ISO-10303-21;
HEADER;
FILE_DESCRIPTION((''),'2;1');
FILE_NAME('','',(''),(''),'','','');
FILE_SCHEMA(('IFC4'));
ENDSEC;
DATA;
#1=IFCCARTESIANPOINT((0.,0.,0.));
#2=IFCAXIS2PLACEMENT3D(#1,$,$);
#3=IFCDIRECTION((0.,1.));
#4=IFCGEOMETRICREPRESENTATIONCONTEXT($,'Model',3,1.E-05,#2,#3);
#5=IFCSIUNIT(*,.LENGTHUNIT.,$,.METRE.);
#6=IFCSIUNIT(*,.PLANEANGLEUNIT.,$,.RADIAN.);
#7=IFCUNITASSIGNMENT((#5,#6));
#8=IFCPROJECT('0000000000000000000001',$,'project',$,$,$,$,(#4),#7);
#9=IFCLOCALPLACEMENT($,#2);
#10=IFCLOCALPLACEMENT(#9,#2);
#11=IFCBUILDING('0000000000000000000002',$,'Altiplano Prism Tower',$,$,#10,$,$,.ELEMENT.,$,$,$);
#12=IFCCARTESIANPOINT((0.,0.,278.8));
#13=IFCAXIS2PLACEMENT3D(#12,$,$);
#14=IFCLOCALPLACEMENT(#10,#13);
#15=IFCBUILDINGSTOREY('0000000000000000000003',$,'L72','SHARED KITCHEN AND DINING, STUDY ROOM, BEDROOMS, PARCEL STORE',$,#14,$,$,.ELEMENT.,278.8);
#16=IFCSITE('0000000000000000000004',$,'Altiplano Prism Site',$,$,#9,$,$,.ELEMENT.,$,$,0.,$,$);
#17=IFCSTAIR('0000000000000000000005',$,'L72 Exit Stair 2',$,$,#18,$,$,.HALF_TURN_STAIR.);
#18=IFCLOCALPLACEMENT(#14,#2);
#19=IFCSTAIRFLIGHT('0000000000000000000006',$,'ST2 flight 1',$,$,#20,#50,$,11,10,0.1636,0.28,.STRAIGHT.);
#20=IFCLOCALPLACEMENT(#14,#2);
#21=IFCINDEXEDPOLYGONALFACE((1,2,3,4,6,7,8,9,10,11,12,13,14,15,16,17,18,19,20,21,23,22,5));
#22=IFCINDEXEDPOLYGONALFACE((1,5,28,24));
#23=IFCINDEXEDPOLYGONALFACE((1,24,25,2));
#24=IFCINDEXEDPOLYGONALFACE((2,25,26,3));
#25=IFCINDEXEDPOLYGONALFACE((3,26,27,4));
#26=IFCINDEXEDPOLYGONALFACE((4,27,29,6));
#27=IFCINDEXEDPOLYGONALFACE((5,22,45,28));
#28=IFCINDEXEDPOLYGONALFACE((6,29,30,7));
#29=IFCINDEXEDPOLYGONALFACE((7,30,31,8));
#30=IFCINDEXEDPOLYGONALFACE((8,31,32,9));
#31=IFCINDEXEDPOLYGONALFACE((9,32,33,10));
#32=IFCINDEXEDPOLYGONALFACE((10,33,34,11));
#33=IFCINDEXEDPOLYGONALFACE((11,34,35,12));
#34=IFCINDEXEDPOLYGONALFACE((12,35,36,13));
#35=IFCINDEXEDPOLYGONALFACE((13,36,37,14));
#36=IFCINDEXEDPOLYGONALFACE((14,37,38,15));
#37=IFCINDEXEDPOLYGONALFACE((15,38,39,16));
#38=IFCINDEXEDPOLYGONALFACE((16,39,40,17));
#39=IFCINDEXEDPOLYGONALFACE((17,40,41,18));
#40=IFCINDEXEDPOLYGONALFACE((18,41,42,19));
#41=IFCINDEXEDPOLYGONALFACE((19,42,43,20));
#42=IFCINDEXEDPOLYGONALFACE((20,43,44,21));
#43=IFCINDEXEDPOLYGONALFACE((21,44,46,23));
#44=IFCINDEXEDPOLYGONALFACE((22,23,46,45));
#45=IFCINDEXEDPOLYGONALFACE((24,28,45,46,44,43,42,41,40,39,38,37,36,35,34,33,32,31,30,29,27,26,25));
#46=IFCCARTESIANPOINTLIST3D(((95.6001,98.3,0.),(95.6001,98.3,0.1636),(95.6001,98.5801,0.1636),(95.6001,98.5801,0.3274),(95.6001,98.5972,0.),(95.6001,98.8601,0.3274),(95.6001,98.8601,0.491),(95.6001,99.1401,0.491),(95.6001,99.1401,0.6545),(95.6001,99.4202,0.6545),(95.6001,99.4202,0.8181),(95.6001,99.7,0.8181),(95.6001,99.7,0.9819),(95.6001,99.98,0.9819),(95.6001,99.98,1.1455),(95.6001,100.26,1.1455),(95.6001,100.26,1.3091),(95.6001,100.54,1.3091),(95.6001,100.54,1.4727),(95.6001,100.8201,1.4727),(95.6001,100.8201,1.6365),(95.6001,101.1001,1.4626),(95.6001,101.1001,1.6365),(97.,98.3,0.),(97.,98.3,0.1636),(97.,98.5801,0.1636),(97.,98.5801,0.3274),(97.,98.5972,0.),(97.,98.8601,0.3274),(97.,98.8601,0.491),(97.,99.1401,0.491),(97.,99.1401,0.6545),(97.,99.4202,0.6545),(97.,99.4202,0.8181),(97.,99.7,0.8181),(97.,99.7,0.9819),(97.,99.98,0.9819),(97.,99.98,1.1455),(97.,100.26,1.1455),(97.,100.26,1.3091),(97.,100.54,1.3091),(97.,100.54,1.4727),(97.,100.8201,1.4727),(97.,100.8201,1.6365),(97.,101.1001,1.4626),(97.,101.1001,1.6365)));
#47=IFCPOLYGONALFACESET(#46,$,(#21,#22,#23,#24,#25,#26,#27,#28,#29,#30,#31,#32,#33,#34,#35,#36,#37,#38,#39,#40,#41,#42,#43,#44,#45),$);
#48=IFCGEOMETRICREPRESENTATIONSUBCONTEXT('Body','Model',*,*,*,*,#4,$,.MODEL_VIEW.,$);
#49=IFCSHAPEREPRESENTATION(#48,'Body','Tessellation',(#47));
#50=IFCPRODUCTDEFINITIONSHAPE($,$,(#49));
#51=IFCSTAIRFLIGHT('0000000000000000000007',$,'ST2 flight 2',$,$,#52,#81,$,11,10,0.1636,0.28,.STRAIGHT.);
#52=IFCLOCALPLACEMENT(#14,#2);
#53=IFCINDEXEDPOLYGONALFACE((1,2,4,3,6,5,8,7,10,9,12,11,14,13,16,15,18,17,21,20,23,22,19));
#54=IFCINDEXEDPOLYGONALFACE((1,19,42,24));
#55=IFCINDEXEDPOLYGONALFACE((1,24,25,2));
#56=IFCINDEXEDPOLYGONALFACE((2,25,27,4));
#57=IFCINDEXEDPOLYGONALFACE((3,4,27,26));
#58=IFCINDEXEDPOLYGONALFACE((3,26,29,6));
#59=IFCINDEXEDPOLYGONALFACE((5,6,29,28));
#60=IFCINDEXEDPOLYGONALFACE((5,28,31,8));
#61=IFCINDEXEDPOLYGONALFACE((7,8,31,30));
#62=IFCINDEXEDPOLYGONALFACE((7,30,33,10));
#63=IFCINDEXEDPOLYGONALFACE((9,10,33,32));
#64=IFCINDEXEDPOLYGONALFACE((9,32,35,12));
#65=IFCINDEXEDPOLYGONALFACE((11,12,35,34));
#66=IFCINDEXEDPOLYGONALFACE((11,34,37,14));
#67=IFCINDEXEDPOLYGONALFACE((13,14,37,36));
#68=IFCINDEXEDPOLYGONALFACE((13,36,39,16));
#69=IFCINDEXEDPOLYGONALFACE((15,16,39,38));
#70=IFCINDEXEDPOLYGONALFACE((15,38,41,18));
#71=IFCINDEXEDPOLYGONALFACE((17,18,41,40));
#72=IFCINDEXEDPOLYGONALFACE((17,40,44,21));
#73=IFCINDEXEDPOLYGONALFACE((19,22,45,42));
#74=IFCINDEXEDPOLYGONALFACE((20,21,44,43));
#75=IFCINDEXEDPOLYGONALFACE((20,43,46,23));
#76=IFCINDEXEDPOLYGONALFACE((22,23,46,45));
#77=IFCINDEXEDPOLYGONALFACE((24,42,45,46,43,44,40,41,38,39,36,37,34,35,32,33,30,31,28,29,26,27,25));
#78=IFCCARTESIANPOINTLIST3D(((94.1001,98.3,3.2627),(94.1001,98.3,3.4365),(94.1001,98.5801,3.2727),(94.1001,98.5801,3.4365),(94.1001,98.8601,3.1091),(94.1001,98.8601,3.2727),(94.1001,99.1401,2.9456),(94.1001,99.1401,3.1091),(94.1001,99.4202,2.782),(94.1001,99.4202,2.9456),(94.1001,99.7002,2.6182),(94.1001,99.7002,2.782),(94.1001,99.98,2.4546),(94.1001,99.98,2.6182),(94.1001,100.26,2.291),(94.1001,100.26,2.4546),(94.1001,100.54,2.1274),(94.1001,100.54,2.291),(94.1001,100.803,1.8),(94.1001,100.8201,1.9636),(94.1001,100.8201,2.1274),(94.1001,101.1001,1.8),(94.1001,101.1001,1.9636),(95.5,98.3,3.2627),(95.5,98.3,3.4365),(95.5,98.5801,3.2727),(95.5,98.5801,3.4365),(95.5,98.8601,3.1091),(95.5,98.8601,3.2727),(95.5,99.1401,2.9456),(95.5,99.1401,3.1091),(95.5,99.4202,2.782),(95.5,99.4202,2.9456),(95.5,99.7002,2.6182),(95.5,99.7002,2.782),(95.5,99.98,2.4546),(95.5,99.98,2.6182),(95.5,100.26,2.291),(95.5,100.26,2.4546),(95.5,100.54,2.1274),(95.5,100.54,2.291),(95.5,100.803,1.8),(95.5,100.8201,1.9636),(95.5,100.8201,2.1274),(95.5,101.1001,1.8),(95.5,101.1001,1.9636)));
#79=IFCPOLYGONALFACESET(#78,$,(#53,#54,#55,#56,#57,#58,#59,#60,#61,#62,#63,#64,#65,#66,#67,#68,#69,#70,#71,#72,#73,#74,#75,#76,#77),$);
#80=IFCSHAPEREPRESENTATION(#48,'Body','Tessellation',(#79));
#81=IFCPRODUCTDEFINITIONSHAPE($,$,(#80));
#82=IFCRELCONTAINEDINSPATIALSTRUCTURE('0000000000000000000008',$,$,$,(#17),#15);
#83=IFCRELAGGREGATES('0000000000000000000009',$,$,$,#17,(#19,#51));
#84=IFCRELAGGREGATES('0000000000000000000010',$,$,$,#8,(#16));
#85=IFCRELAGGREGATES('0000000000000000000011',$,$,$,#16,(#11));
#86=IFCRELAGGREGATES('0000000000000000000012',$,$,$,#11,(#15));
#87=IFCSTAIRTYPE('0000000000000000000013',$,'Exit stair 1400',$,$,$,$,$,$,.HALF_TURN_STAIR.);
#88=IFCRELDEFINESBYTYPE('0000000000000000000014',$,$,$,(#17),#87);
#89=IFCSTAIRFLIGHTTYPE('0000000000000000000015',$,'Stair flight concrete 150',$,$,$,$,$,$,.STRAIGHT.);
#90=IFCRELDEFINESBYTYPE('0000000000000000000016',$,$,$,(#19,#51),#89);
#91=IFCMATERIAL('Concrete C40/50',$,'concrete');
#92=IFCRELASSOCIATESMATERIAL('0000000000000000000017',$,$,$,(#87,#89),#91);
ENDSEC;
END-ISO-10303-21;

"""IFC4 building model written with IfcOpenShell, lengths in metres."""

from ifc_helpers import new_model, si_unit, direction, frame, origin, place, context, subcontext, project, spatial, polyline, outline, extrude, material, type_object, element, aggregate, save


model = new_model("IFC4")

# Units and contexts
model_context = context("Model", 3, precision=1e-05, world=origin(), true_north=direction((0.0, 1.0)))
body_context = subcontext(model_context, "Body", "Model", "MODEL_VIEW")
ifc_project = project(units=[si_unit("LENGTHUNIT", "METRE"), si_unit("PLANEANGLEUNIT", "RADIAN")], contexts=[model_context])

# Site, building, storey
site_placement = place(None, origin())
site = spatial("IfcSite", under=ifc_project, at=site_placement, Name="Altiplano Prism Site", CompositionType="ELEMENT", RefElevation=0.0)
building_placement = place(site_placement, origin())
building = spatial("IfcBuilding", under=site, at=building_placement, Name="Altiplano Prism Tower", CompositionType="ELEMENT")
storey_placement = place(building_placement, frame((0.0, 0.0, 278.8)))
storey = spatial("IfcBuildingStorey", under=building, at=storey_placement, Name="L72", Description="SHARED KITCHEN AND DINING, STUDY ROOM, BEDROOMS, PARCEL STORE", CompositionType="ELEMENT", Elevation=278.8)

# Stair, stair flights
ifc_material_1 = material(Name="Concrete C40/50", Category="concrete")
stair_type = type_object("IfcStairType", Name="Exit stair 1400", PredefinedType="HALF_TURN_STAIR", material=ifc_material_1)
stair_placement = place(storey_placement, origin())
stair = element("IfcStair", 1, at=stair_placement, inside=storey, type_object=stair_type, Name="L72 Exit Stair 2", PredefinedType="HALF_TURN_STAIR")
stair_flight_type = type_object("IfcStairFlightType", Name="Stair flight concrete 150", PredefinedType="STRAIGHT", material=ifc_material_1)
stair_flight_1_placement = place(storey_placement, frame((96.3, 98.3, 0.0), z_axis=(0.0, 0.0, 1.0), x_axis=(0.0, 1.0, 0.0)))
stair_flight_1 = element("IfcStairFlight", 2, at=stair_flight_1_placement, type_object=stair_flight_type, Name="ST2 flight 1", NumberOfRisers=11, NumberOfTreads=10, PredefinedType="STRAIGHT", RiserHeight=0.1636, TreadLength=0.28, context=body_context, shape_type="SweptSolid", body=[
    extrude(outline(polyline([(0.0, 0.0), (0.0, 0.1636), (0.28, 0.1636), (0.28, 0.3274), (0.5601, 0.3274), (0.5601, 0.491), (0.8401, 0.491), (0.8401, 0.6545), (1.1201, 0.6545), (1.1201, 0.8181), (1.3999, 0.8181), (1.3999, 0.9819), (1.6799, 0.9819), (1.6799, 1.1455), (1.96, 1.1455), (1.96, 1.3091), (2.24, 1.3091), (2.24, 1.4727), (2.52, 1.4727), (2.52, 1.6365), (2.8, 1.6365), (2.8, 1.8), (2.8, 1.4626), (0.2971, 0.0), (0.0, 0.0)])), frame((0.0, 0.7, 0.0), z_axis=(0.0, -1.0, 0.0), x_axis=(1.0, 0.0, 0.0)), (0.0, 0.0, 1.0), 1.3999),
])
stair_flight_2_placement = place(storey_placement, frame((94.8, 101.1001, 1.8), z_axis=(0.0, 0.0, 1.0), x_axis=(0.0, -1.0, 0.0)))
stair_flight_2 = element("IfcStairFlight", 3, at=stair_flight_2_placement, type_object=stair_flight_type, Name="ST2 flight 2", NumberOfRisers=11, NumberOfTreads=10, PredefinedType="STRAIGHT", RiserHeight=0.1636, TreadLength=0.28, context=body_context, shape_type="SweptSolid", body=[
    extrude(outline(polyline([(0.0, 0.0), (0.0, 0.1636), (0.28, 0.1636), (0.28, 0.3274), (0.5601, 0.3274), (0.5601, 0.491), (0.8401, 0.491), (0.8401, 0.6545), (1.1201, 0.6545), (1.1201, 0.8181), (1.3999, 0.8181), (1.3999, 0.9819), (1.6799, 0.9819), (1.6799, 1.1455), (1.96, 1.1455), (1.96, 1.3091), (2.24, 1.3091), (2.24, 1.4727), (2.52, 1.4727), (2.52, 1.6365), (2.8, 1.6365), (2.8, 1.8), (2.8, 1.4626), (0.2971, 0.0), (0.0, 0.0)])), frame((0.0, 0.7, 0.0), z_axis=(0.0, -1.0, 0.0), x_axis=(1.0, 0.0, 0.0)), (0.0, 0.0, 1.0), 1.3999),
])
aggregate(stair, [stair_flight_1, stair_flight_2])

save(model, "model.ifc")
